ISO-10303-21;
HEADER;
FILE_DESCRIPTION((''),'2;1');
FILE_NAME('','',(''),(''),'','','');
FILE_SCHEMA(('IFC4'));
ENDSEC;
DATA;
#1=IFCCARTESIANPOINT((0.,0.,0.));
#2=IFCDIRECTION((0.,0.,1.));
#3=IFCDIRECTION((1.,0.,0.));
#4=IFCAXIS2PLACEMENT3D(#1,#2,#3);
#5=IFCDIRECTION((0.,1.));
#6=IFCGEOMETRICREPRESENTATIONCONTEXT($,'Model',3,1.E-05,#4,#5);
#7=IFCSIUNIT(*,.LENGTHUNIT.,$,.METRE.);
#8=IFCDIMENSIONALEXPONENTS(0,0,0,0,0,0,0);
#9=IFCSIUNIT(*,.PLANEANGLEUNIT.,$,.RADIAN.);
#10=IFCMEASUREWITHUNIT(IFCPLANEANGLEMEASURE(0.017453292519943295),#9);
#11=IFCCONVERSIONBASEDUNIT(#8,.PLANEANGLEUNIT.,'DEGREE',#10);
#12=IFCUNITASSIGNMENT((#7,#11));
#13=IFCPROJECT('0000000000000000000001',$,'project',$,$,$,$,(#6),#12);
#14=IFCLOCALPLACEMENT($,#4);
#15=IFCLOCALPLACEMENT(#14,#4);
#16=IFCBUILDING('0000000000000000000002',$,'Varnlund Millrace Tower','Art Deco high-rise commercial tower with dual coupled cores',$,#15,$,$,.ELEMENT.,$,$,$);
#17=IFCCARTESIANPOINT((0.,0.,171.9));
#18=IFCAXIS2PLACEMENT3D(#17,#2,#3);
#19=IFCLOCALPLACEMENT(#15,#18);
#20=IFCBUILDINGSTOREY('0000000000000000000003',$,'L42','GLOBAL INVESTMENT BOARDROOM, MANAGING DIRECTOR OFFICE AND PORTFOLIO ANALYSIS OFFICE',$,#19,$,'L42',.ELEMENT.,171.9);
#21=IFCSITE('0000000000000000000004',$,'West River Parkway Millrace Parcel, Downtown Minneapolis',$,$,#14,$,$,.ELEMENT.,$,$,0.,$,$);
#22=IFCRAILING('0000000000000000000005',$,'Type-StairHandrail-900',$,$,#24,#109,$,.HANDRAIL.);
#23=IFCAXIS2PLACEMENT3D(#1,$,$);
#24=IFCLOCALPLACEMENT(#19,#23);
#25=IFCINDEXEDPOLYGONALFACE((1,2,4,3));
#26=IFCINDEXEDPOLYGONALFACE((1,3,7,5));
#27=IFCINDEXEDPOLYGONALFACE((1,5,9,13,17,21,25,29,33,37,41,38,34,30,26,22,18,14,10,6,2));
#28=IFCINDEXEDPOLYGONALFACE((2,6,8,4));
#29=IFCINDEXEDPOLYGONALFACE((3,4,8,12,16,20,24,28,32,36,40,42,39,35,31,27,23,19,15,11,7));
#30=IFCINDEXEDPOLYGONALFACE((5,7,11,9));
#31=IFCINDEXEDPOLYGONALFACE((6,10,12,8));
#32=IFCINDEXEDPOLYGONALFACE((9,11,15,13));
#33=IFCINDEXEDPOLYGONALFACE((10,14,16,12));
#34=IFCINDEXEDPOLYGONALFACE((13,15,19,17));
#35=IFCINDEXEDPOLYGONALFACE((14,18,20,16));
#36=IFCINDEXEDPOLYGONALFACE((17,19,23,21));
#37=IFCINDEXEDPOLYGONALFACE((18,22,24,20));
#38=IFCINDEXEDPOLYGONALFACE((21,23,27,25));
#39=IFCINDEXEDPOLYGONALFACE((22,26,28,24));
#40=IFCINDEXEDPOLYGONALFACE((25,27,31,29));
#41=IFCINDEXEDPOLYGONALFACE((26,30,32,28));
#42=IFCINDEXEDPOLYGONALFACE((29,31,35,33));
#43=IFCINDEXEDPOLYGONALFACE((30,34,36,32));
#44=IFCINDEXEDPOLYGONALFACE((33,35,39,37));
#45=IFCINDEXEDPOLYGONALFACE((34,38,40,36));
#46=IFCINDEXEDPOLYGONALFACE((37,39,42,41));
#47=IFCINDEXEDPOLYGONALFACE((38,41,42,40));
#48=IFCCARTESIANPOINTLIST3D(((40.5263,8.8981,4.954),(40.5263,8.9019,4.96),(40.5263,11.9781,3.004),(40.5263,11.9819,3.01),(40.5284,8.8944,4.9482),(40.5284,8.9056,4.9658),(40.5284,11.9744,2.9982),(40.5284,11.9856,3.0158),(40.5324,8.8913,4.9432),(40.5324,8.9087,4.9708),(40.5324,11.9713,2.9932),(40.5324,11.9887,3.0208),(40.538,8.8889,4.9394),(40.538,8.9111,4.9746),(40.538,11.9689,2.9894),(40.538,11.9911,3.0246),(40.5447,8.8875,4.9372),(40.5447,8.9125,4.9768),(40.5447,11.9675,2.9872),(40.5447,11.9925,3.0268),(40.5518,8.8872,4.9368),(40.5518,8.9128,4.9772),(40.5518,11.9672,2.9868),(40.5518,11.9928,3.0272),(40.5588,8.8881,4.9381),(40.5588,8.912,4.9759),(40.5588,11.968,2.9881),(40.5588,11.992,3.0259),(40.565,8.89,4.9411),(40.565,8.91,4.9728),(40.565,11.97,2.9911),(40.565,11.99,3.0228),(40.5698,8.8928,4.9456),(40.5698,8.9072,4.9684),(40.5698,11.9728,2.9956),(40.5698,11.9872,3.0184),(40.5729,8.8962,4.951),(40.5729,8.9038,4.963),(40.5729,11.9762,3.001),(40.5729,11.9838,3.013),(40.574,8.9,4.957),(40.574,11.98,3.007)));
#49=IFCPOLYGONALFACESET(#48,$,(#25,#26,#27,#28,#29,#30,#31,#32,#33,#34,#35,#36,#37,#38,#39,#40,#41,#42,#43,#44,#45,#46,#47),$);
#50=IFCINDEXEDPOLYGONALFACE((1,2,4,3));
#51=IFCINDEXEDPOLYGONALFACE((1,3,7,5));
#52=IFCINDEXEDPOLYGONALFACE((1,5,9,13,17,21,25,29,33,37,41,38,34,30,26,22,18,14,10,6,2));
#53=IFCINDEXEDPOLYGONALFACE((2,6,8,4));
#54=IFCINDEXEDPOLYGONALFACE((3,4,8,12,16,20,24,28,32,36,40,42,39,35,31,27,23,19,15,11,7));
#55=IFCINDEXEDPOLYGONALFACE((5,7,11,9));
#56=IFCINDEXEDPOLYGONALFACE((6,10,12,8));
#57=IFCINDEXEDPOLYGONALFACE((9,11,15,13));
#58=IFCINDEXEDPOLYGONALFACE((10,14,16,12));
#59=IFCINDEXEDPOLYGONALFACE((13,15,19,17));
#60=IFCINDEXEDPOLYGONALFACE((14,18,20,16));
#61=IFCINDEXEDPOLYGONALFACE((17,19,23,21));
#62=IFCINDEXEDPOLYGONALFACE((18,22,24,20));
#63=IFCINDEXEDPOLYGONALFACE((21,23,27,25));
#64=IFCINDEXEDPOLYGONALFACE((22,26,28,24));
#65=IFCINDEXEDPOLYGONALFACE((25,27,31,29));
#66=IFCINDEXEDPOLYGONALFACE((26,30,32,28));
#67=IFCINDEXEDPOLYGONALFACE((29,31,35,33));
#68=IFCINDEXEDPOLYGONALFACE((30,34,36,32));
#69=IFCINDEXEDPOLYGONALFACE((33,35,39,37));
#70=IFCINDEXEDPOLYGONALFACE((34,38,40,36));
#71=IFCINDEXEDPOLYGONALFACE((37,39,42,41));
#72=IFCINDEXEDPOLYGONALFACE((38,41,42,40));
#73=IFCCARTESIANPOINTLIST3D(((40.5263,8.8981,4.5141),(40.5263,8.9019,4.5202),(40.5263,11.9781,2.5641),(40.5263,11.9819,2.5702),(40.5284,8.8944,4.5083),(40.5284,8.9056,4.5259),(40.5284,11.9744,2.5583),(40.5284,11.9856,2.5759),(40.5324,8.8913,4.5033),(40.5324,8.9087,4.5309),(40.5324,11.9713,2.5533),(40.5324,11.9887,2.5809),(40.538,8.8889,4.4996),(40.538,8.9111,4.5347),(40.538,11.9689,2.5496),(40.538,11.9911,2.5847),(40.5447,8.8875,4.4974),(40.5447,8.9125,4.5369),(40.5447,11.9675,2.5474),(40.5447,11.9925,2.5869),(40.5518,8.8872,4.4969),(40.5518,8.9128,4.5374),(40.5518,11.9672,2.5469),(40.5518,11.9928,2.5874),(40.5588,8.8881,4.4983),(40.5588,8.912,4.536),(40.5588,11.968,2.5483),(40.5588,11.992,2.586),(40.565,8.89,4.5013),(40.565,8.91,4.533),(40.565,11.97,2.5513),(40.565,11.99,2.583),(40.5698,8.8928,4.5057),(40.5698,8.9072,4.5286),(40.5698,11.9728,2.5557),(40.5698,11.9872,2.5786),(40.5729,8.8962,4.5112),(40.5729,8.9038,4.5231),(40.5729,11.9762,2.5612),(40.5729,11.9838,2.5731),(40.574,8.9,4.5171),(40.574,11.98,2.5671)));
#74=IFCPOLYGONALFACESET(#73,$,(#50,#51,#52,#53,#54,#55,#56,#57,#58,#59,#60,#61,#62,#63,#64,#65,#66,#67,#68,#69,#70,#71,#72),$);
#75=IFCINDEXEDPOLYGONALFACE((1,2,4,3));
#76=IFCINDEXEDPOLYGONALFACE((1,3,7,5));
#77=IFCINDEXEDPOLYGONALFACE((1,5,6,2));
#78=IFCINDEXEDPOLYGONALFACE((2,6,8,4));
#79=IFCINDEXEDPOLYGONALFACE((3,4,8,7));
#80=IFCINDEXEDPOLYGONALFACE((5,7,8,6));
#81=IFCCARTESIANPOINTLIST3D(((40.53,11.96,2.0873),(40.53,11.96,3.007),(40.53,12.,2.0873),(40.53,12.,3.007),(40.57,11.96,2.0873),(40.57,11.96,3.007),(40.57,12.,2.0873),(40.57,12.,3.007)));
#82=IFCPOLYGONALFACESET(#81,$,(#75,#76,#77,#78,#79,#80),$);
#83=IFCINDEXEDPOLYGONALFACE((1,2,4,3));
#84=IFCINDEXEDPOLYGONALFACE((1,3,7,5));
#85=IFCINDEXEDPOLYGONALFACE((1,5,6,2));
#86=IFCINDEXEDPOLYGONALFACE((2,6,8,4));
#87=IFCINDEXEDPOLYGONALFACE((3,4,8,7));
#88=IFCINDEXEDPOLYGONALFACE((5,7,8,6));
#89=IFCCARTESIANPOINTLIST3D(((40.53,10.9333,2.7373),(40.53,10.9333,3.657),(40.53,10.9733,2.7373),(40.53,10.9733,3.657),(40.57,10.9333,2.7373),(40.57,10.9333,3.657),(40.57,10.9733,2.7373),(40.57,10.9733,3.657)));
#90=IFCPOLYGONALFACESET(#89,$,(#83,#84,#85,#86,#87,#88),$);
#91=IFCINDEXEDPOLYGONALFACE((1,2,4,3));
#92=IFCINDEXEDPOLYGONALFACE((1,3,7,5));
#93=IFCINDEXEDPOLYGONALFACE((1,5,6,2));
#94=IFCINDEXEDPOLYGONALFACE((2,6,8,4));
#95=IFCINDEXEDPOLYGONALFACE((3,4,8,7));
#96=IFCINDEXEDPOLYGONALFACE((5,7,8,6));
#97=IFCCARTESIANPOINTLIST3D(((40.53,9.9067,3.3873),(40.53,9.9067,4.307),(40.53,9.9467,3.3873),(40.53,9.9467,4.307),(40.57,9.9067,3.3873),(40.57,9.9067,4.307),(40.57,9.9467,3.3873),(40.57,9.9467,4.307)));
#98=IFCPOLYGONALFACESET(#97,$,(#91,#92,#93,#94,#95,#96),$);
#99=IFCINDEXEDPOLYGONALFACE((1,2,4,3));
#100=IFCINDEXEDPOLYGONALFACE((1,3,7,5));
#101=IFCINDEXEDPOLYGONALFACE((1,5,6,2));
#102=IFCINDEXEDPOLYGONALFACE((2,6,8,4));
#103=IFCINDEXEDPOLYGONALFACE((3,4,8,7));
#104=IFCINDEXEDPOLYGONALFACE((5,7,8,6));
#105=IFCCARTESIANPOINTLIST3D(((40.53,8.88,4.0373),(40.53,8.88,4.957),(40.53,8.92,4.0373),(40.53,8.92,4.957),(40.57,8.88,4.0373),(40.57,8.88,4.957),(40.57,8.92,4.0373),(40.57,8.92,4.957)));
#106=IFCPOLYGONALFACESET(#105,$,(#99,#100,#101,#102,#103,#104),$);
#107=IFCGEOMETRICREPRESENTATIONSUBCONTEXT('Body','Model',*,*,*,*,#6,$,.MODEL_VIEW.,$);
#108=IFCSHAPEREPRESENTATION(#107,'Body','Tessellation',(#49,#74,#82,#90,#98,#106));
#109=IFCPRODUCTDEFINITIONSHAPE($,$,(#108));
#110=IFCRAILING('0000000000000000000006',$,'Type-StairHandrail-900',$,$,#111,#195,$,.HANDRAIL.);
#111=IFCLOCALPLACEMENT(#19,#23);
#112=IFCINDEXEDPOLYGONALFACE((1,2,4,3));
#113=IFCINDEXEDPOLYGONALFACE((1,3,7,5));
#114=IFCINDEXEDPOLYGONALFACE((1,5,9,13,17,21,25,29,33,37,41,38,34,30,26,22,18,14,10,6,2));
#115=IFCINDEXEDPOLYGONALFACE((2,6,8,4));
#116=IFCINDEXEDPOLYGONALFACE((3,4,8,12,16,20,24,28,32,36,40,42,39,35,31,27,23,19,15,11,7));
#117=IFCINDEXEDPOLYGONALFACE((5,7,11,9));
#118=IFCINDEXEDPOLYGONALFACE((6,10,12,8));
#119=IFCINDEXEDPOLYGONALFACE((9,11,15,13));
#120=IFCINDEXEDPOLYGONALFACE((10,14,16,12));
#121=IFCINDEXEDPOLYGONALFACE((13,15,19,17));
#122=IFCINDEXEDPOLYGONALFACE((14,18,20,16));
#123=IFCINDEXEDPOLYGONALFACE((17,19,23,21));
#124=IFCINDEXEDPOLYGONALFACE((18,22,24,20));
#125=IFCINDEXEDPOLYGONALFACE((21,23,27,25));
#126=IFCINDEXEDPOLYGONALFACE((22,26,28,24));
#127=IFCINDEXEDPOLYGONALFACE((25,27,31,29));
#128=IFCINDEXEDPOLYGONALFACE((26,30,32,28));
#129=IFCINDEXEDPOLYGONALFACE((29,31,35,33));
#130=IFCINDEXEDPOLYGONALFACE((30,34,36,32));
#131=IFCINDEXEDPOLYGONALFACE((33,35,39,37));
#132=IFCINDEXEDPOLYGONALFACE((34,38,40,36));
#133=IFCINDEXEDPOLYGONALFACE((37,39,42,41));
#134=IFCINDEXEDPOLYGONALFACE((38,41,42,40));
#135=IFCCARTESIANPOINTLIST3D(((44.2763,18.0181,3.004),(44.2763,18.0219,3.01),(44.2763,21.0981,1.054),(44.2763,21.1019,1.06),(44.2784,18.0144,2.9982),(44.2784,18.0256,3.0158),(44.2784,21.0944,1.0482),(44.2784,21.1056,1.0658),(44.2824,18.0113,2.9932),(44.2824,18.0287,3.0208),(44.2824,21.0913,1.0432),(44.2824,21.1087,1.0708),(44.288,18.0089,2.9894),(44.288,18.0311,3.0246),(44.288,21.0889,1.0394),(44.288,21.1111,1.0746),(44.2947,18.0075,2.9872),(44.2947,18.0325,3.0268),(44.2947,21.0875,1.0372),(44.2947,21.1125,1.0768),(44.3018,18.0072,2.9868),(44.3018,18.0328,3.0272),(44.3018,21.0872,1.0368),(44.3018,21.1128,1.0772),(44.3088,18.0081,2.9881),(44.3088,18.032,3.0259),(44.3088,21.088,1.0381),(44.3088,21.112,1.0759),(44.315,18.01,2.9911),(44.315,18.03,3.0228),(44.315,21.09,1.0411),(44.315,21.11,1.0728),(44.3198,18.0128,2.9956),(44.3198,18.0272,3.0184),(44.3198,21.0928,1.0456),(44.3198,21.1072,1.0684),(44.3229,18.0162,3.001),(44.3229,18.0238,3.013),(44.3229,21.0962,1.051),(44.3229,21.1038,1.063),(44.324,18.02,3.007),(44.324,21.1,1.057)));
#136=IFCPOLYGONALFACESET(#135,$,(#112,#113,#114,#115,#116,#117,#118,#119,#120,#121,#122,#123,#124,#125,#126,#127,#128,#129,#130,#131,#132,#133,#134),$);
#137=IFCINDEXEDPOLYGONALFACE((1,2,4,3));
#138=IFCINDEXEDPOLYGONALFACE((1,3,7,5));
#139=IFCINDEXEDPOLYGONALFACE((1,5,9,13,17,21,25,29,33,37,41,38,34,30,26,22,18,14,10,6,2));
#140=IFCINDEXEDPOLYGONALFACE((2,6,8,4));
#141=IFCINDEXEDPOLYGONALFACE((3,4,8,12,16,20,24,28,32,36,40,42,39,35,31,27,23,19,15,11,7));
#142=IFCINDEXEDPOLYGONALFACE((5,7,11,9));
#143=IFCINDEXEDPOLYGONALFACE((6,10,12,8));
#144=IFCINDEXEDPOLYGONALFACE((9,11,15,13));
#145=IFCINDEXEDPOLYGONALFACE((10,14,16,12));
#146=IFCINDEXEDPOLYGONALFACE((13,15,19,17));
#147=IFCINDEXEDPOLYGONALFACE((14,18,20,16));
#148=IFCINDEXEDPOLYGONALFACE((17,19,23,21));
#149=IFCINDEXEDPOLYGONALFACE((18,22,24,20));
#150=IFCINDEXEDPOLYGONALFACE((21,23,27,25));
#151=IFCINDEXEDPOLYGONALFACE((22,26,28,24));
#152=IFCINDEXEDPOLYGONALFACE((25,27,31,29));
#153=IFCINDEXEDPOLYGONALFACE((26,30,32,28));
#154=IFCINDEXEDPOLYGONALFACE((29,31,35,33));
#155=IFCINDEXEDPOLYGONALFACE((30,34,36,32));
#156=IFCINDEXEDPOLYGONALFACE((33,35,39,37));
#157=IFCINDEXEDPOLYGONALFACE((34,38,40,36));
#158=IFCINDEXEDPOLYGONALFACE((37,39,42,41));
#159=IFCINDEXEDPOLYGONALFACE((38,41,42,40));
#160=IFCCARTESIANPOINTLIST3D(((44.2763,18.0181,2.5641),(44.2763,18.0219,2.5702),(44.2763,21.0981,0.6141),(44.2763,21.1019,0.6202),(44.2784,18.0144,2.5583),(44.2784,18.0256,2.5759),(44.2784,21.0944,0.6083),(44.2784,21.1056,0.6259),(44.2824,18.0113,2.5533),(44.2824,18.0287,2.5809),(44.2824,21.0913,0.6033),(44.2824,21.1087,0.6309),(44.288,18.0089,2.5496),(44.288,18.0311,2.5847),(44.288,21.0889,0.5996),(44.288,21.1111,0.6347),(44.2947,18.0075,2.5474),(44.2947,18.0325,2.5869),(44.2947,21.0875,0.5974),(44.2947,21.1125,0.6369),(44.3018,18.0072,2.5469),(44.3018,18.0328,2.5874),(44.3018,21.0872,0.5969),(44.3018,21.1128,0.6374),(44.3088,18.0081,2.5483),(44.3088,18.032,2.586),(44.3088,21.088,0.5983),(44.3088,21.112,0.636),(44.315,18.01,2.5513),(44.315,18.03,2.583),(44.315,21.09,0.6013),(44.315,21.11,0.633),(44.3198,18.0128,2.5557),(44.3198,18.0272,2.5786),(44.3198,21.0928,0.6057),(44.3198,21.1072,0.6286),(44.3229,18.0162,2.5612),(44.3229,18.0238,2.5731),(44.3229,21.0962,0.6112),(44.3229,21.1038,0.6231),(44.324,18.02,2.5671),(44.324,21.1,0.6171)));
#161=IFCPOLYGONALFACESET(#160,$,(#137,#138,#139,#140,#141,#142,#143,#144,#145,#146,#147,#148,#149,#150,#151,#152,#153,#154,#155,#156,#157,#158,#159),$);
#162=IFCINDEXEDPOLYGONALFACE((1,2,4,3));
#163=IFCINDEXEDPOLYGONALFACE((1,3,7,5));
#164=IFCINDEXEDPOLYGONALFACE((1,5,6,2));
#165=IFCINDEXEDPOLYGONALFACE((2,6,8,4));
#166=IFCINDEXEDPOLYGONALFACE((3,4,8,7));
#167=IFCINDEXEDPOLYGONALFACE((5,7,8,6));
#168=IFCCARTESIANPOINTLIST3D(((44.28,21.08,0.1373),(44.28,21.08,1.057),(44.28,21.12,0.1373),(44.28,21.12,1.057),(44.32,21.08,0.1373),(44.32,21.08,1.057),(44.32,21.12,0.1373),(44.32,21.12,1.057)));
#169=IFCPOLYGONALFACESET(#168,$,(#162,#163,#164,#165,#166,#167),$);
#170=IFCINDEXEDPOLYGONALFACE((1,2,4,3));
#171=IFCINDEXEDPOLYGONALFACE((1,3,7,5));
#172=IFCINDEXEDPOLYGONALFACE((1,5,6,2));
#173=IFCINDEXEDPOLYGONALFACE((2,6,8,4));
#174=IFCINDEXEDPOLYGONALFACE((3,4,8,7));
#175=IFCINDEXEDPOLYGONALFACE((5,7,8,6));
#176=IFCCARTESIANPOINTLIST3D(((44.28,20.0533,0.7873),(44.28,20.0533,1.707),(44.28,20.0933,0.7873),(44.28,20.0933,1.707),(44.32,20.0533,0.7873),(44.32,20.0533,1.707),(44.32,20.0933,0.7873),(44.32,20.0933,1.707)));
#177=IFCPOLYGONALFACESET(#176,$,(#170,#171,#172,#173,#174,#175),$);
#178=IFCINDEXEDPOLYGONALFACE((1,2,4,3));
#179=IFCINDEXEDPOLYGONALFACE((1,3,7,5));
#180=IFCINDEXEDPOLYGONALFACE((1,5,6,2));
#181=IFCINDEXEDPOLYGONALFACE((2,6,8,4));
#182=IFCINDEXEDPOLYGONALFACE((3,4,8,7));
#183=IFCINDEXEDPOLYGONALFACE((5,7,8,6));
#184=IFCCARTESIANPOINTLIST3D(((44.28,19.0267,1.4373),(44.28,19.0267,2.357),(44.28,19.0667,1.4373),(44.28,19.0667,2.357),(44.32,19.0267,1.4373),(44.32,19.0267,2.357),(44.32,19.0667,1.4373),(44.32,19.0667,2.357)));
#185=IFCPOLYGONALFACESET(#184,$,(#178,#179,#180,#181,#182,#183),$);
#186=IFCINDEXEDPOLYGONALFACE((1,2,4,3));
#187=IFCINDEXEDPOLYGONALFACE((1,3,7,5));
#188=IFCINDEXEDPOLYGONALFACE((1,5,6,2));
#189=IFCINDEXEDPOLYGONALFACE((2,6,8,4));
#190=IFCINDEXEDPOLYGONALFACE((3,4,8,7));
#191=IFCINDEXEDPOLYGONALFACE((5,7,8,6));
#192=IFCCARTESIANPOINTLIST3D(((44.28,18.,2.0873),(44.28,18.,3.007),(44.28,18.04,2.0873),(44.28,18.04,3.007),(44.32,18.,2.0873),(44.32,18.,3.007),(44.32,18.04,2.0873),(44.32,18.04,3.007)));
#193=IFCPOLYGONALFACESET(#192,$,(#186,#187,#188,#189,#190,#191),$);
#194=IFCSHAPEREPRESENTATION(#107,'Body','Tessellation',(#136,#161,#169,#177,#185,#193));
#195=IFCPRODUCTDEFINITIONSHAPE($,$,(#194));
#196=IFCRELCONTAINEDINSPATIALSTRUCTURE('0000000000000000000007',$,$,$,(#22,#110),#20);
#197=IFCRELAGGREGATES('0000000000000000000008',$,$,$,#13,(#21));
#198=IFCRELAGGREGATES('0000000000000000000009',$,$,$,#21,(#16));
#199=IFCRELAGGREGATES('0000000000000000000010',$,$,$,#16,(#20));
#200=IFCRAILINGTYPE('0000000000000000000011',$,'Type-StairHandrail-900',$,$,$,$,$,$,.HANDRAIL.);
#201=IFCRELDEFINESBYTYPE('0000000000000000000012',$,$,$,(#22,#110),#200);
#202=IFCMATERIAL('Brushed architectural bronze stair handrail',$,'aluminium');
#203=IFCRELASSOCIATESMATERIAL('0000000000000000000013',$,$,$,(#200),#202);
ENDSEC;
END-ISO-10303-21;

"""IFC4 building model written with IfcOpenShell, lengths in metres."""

from ifc_helpers import new_model, entity, si_unit, converted_unit, direction, frame, origin_with_axes, origin_2d_with_axis, place, context, subcontext, project, spatial, rectangle, circle, extrude, material, type_object, element, save


model = new_model("IFC4")

# Units and contexts
model_context = context("Model", 3, precision=1e-05, world=origin_with_axes(), true_north=direction((0.0, 1.0)))
body_context = subcontext(model_context, "Body", "Model", "MODEL_VIEW")
ifc_project = project(units=[si_unit("LENGTHUNIT", "METRE"), converted_unit("PLANEANGLEUNIT", "DEGREE", entity("IfcPlaneAngleMeasure", 0.017453292519943295), si_unit("PLANEANGLEUNIT", "RADIAN"), dimensions=[0, 0, 0, 0, 0, 0, 0])], contexts=[model_context])

# Site, building, storey
site_placement = place(None, origin_with_axes())
site = spatial("IfcSite", under=ifc_project, at=site_placement, Name="West River Parkway Millrace Parcel, Downtown Minneapolis", CompositionType="ELEMENT", RefElevation=0.0)
building_placement = place(site_placement, origin_with_axes())
building = spatial("IfcBuilding", under=site, at=building_placement, Name="Varnlund Millrace Tower", Description="Art Deco high-rise commercial tower with dual coupled cores", CompositionType="ELEMENT")
storey_placement = place(building_placement, frame((0.0, 0.0, 171.9), z_axis=(0.0, 0.0, 1.0), x_axis=(1.0, 0.0, 0.0)))
storey = spatial("IfcBuildingStorey", under=building, at=storey_placement, Name="L42", Description="GLOBAL INVESTMENT BOARDROOM, MANAGING DIRECTOR OFFICE AND PORTFOLIO ANALYSIS OFFICE", LongName="L42", CompositionType="ELEMENT", Elevation=171.9)

# Railings
ifc_material_1 = material(Name="Brushed architectural bronze stair handrail", Category="aluminium")
railing_type_1 = type_object("IfcRailingType", Name="Type-StairHandrail-900", PredefinedType="HANDRAIL", material=ifc_material_1)
railing_1_placement = place(storey_placement, frame((0.0, 0.0, -171.9), z_axis=(0.0, 0.0, 1.0), x_axis=(1.0, 0.0, 0.0)))
element("IfcRailing", 1, at=railing_1_placement, inside=storey, type_object=railing_type_1, Name="Type-StairHandrail-900", PredefinedType="HANDRAIL", context=body_context, shape_type="SweptSolid", body=[
    extrude(circle(Radius=0.024, at=origin_2d_with_axis()), frame((40.55, 11.98, 174.907), z_axis=(0.0, -0.844902, 0.534922), x_axis=(1.0, 0.0, 0.0)), (0.0, 0.0, 1.0), 3.6454),
    extrude(circle(Radius=0.024, at=origin_2d_with_axis()), frame((40.55, 11.98, 174.4671), z_axis=(0.0, -0.844902, 0.534922), x_axis=(1.0, 0.0, 0.0)), (0.0, 0.0, 1.0), 3.6454),
    extrude(rectangle(XDim=0.04, YDim=0.04, at=origin_2d_with_axis()), frame((40.55, 11.98, 173.9873), z_axis=(0.0, 0.0, 1.0), x_axis=(1.0, 0.0, 0.0)), (0.0, 0.0, 1.0), 0.9197),
    extrude(rectangle(XDim=0.04, YDim=0.04, at=origin_2d_with_axis()), frame((40.55, 10.9533, 174.6373), z_axis=(0.0, 0.0, 1.0), x_axis=(1.0, 0.0, 0.0)), (0.0, 0.0, 1.0), 0.9197),
    extrude(rectangle(XDim=0.04, YDim=0.04, at=origin_2d_with_axis()), frame((40.55, 9.9267, 175.2873), z_axis=(0.0, 0.0, 1.0), x_axis=(1.0, 0.0, 0.0)), (0.0, 0.0, 1.0), 0.9197),
    extrude(rectangle(XDim=0.04, YDim=0.04, at=origin_2d_with_axis()), frame((40.55, 8.9, 175.9373), z_axis=(0.0, 0.0, 1.0), x_axis=(1.0, 0.0, 0.0)), (0.0, 0.0, 1.0), 0.9197),
])
railing_2_placement = place(storey_placement, frame((0.0, 0.0, -171.9), z_axis=(0.0, 0.0, 1.0), x_axis=(1.0, 0.0, 0.0)))
element("IfcRailing", 2, at=railing_2_placement, inside=storey, type_object=railing_type_1, Name="Type-StairHandrail-900", PredefinedType="HANDRAIL", context=body_context, shape_type="SweptSolid", body=[
    extrude(circle(Radius=0.024, at=origin_2d_with_axis()), frame((44.3, 21.1, 172.957), z_axis=(0.0, -0.844902, 0.534922), x_axis=(1.0, 0.0, 0.0)), (0.0, 0.0, 1.0), 3.6454),
    extrude(circle(Radius=0.024, at=origin_2d_with_axis()), frame((44.3, 21.1, 172.5171), z_axis=(0.0, -0.844902, 0.534922), x_axis=(1.0, 0.0, 0.0)), (0.0, 0.0, 1.0), 3.6454),
    extrude(rectangle(XDim=0.04, YDim=0.04, at=origin_2d_with_axis()), frame((44.3, 21.1, 172.0373), z_axis=(0.0, 0.0, 1.0), x_axis=(1.0, 0.0, 0.0)), (0.0, 0.0, 1.0), 0.9197),
    extrude(rectangle(XDim=0.04, YDim=0.04, at=origin_2d_with_axis()), frame((44.3, 20.0733, 172.6873), z_axis=(0.0, 0.0, 1.0), x_axis=(1.0, 0.0, 0.0)), (0.0, 0.0, 1.0), 0.9197),
    extrude(rectangle(XDim=0.04, YDim=0.04, at=origin_2d_with_axis()), frame((44.3, 19.0467, 173.3373), z_axis=(0.0, 0.0, 1.0), x_axis=(1.0, 0.0, 0.0)), (0.0, 0.0, 1.0), 0.9197),
    extrude(rectangle(XDim=0.04, YDim=0.04, at=origin_2d_with_axis()), frame((44.3, 18.02, 173.9873), z_axis=(0.0, 0.0, 1.0), x_axis=(1.0, 0.0, 0.0)), (0.0, 0.0, 1.0), 0.9197),
])

save(model, "model.ifc")
